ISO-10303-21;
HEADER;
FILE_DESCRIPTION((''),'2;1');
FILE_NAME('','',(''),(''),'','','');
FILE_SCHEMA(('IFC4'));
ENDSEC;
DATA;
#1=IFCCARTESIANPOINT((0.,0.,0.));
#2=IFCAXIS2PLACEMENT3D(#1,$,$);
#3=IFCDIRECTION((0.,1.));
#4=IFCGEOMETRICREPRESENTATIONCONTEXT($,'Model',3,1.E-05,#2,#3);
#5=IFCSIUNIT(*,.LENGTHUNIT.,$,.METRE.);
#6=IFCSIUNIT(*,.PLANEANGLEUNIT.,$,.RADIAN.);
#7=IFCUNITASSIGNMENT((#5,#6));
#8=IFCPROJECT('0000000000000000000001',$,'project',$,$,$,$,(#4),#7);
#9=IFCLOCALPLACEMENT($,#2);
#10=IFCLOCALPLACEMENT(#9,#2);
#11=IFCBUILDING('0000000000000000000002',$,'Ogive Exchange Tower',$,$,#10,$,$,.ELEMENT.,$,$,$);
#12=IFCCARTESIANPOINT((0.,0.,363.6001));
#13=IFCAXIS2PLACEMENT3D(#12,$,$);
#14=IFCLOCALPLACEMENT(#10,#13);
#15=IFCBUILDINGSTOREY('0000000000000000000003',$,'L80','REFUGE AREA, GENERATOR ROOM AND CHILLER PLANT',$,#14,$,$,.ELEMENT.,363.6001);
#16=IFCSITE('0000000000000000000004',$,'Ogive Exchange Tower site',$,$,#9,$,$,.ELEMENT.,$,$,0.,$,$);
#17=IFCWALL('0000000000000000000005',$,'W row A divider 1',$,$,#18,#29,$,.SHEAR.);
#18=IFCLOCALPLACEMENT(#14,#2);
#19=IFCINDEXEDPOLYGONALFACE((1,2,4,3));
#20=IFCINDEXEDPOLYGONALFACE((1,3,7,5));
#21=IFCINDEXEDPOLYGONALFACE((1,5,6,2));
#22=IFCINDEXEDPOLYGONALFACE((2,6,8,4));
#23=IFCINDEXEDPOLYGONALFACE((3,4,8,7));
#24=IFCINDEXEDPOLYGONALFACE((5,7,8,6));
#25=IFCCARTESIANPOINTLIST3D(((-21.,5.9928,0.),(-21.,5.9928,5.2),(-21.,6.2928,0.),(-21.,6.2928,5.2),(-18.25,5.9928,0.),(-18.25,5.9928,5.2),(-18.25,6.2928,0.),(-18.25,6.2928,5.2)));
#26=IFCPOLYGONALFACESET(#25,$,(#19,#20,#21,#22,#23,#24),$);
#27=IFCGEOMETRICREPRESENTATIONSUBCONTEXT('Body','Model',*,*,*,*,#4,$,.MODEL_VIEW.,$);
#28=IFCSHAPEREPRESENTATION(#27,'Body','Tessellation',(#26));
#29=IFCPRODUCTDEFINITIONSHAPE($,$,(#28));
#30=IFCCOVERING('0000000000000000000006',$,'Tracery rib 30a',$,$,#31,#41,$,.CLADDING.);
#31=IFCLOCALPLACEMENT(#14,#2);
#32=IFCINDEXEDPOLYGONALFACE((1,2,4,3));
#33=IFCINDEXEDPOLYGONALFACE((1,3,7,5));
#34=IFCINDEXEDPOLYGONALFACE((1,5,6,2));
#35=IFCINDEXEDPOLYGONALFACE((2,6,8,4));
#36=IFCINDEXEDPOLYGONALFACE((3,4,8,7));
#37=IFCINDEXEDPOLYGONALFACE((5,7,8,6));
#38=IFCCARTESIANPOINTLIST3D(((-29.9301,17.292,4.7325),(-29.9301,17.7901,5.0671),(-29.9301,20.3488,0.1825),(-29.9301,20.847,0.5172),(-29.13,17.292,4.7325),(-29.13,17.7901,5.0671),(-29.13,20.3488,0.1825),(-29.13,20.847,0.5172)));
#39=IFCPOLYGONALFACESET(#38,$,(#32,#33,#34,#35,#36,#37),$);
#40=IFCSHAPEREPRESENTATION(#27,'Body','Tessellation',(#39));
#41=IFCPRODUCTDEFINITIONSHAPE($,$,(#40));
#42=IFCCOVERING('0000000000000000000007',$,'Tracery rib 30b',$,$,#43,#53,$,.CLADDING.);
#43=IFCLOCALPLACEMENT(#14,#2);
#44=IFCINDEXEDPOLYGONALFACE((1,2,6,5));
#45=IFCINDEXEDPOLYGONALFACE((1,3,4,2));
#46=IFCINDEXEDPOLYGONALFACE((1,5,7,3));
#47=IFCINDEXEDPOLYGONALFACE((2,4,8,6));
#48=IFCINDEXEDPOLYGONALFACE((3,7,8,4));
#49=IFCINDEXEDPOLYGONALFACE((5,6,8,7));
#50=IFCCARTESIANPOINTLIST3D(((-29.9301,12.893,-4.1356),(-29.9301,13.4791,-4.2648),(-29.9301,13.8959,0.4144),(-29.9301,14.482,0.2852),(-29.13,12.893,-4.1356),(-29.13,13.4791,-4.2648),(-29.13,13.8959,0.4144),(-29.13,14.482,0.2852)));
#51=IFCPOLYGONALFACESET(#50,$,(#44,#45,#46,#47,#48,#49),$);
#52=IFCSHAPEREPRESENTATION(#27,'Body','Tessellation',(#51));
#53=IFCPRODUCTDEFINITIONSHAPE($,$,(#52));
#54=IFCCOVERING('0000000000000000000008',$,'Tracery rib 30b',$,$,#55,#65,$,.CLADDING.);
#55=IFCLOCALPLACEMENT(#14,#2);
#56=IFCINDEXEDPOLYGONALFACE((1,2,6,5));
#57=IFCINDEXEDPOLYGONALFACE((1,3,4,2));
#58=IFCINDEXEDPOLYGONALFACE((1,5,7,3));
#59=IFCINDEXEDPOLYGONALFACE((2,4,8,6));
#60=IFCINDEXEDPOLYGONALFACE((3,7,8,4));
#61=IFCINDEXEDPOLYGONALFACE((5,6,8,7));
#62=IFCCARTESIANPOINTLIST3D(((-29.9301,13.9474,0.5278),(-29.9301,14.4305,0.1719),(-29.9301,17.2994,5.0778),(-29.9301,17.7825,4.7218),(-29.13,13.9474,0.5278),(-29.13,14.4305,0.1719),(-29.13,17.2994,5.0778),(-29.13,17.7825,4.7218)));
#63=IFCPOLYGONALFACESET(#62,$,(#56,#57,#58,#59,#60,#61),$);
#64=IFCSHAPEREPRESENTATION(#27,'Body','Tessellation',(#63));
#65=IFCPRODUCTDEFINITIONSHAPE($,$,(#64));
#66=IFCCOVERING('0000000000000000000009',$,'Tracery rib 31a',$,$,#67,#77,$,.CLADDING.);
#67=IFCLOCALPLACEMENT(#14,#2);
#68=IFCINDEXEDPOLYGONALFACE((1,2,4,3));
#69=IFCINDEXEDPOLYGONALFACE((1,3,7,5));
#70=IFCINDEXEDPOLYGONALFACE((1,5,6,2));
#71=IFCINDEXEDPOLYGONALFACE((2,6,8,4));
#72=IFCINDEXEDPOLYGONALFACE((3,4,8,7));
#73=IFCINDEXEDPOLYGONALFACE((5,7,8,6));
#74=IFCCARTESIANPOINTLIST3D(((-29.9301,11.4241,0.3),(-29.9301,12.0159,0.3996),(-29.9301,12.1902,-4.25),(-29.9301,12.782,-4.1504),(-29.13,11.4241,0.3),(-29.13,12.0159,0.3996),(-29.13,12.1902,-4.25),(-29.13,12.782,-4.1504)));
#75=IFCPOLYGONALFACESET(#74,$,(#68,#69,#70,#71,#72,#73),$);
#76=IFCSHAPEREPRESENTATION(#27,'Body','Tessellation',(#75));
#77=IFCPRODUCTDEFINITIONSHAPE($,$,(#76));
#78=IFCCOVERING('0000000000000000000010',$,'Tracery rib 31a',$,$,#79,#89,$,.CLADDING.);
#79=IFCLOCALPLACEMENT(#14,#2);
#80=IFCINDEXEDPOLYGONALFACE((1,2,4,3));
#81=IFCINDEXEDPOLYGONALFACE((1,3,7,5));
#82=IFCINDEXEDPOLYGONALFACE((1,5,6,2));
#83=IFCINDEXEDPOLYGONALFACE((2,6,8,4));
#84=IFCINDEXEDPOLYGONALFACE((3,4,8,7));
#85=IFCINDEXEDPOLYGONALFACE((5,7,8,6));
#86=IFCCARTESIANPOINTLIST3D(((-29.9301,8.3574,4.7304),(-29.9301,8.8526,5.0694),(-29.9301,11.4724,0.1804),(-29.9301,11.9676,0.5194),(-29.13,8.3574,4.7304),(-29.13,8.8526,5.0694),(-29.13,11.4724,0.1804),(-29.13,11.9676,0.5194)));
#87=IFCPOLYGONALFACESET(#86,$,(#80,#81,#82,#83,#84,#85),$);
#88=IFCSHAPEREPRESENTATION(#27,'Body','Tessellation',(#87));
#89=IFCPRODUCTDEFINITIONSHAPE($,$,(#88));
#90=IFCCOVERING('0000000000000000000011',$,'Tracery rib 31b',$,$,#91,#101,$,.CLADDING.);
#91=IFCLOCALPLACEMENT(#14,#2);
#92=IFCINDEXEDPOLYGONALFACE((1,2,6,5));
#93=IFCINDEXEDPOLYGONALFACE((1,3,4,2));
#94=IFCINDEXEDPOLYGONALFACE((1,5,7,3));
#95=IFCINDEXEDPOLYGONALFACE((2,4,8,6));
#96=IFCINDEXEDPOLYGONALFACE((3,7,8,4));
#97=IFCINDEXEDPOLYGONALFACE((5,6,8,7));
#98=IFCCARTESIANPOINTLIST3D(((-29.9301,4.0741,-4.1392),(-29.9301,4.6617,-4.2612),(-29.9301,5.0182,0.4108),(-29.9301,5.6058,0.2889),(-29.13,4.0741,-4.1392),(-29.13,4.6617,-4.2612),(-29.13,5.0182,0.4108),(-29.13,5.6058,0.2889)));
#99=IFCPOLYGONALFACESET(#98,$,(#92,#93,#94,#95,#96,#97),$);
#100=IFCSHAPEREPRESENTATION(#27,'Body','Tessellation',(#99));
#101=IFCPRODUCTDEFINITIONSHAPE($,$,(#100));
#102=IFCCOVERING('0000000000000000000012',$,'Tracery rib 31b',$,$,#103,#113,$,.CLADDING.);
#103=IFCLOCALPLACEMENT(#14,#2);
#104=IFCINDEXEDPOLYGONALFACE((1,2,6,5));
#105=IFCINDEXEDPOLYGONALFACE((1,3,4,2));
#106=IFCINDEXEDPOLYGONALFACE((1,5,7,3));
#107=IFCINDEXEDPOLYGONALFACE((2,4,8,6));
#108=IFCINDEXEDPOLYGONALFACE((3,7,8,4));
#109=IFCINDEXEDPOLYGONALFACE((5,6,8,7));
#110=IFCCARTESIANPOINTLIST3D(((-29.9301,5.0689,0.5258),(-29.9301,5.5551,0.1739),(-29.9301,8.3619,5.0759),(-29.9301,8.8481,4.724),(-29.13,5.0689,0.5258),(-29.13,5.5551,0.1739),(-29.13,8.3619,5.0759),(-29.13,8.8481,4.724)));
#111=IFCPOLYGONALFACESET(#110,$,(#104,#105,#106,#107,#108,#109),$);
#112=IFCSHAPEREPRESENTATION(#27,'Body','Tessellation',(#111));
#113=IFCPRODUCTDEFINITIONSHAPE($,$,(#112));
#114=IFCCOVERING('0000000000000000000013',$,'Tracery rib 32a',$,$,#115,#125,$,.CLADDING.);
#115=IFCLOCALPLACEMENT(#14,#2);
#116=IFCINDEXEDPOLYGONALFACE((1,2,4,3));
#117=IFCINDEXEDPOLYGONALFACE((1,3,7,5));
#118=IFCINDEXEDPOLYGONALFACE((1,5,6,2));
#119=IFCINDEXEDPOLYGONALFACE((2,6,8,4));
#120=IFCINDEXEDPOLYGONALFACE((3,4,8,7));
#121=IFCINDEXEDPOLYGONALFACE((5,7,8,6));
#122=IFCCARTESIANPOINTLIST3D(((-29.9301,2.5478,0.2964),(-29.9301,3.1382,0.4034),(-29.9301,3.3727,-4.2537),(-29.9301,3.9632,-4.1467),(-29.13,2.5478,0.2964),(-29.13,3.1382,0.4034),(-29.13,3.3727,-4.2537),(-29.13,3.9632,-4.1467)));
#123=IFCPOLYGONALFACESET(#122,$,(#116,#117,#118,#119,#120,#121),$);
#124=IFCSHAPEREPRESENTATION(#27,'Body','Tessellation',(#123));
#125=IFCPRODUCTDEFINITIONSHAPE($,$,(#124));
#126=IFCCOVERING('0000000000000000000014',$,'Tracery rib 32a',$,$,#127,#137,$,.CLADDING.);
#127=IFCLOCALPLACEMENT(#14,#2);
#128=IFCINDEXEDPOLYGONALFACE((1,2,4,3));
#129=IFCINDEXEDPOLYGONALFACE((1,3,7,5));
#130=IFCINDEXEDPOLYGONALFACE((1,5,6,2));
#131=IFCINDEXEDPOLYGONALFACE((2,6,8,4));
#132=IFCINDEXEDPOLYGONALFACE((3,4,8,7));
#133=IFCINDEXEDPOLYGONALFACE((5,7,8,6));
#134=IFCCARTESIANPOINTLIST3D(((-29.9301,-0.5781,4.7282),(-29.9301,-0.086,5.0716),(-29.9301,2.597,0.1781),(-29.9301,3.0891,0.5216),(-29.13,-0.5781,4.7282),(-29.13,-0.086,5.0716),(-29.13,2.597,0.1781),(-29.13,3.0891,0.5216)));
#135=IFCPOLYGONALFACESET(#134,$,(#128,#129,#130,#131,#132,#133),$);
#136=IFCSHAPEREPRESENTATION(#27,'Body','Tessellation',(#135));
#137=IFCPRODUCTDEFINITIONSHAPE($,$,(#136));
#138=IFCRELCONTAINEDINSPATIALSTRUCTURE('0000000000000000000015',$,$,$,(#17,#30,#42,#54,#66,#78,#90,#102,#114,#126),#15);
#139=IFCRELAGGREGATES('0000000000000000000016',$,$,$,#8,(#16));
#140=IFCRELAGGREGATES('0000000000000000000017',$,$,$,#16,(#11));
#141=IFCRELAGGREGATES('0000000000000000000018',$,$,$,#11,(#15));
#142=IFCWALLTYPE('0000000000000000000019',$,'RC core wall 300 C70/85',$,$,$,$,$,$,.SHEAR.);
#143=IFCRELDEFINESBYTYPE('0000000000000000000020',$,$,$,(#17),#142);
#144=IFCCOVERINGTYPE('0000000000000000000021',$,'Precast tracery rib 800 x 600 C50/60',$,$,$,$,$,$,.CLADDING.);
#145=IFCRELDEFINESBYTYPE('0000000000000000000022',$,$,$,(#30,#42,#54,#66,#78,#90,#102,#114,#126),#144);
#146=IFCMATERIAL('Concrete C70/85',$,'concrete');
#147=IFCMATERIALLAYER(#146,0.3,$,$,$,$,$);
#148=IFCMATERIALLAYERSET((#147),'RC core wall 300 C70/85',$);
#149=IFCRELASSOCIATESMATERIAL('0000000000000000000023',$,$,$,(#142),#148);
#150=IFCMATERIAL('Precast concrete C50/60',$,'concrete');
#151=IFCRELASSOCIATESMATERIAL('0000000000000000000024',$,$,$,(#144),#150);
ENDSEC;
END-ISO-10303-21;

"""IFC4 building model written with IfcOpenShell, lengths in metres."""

from ifc_helpers import new_model, si_unit, direction, frame, frame_2d, origin, origin_2d, place, context, subcontext, project, spatial, rectangle, extrude, material, layer, layer_set, material_profile, profile_set, type_object, element, save


model = new_model("IFC4")

# Units and contexts
model_context = context("Model", 3, precision=1e-05, world=origin(), true_north=direction((0.0, 1.0)))
body_context = subcontext(model_context, "Body", "Model", "MODEL_VIEW")
ifc_project = project(units=[si_unit("LENGTHUNIT", "METRE"), si_unit("PLANEANGLEUNIT", "RADIAN")], contexts=[model_context])

# Site, building, storey
site_placement = place(None, origin())
site = spatial("IfcSite", under=ifc_project, at=site_placement, Name="Ogive Exchange Tower site", CompositionType="ELEMENT", RefElevation=0.0)
building_placement = place(site_placement, origin())
building = spatial("IfcBuilding", under=site, at=building_placement, Name="Ogive Exchange Tower", CompositionType="ELEMENT")
storey_placement = place(building_placement, frame((0.0, 0.0, 363.6001)))
storey = spatial("IfcBuildingStorey", under=building, at=storey_placement, Name="L80", Description="REFUGE AREA, GENERATOR ROOM AND CHILLER PLANT", CompositionType="ELEMENT", Elevation=363.6001)

# Wall
ifc_material_1 = material(Name="Concrete C70/85", Category="concrete")
ifc_layer_1 = layer(ifc_material_1, 0.3)
ifc_layer_set_1 = layer_set([ifc_layer_1], Name="RC core wall 300 C70/85")
wall_type_1 = type_object("IfcWallType", Name="RC core wall 300 C70/85", PredefinedType="SHEAR", material=ifc_layer_set_1)
wall_1_placement = place(storey_placement, frame((-21.0, 6.1428, 0.0), z_axis=(0.0, 0.0, 1.0), x_axis=(1.0, 0.0, 0.0)))
element("IfcWall", 1, at=wall_1_placement, inside=storey, type_object=wall_type_1, Name="W row A divider 1", PredefinedType="SHEAR", context=body_context, shape_type="SweptSolid", body=[
    extrude(rectangle(XDim=2.75, YDim=0.3, at=frame_2d((1.375, 0.0))), origin(), (0.0, 0.0, 1.0), 5.2),
])

# Coverings
ifc_material_2 = material(Name="Precast concrete C50/60", Category="concrete")
ifc_material_profile_1 = material_profile(ifc_material_2, rectangle(XDim=0.8, YDim=0.6001, at=origin_2d()), Name="RIB 800 x 600")
ifc_profile_set_1 = profile_set([ifc_material_profile_1], Name="Precast concrete C50/60")
covering_type = type_object("IfcCoveringType", Name="Precast tracery rib 800 x 600 C50/60", PredefinedType="CLADDING", material=ifc_profile_set_1)
covering_1_placement = place(storey_placement, frame((-29.53, 20.5979, 0.3499), z_axis=(0.0, -0.557667, 0.830065), x_axis=(1.0, 0.0, 0.0)))
element("IfcCovering", 2, at=covering_1_placement, inside=storey, type_object=covering_type, Name="Tracery rib 30a", PredefinedType="CLADDING", context=body_context, shape_type="SweptSolid", body=[
    extrude(rectangle(XDim=0.8, YDim=0.6001, at=origin_2d()), origin(), (0.0, 0.0, 1.0), 5.4814),
])
covering_2_placement = place(storey_placement, frame((-29.53, 13.186, -4.2002), z_axis=(0.0, 0.215255, 0.976558), x_axis=(-1.0, 0.0, 0.0)))
element("IfcCovering", 3, at=covering_2_placement, inside=storey, type_object=covering_type, Name="Tracery rib 30b", PredefinedType="CLADDING", context=body_context, shape_type="SweptSolid", body=[
    extrude(rectangle(XDim=0.8, YDim=0.6001, at=origin_2d()), origin(), (0.0, 0.0, 1.0), 4.6592),
])
covering_3_placement = place(storey_placement, frame((-29.53, 14.189, 0.3499), z_axis=(0.0, 0.593128, 0.805108), x_axis=(-1.0, 0.0, 0.0)))
element("IfcCovering", 4, at=covering_3_placement, inside=storey, type_object=covering_type, Name="Tracery rib 30b", PredefinedType="CLADDING", context=body_context, shape_type="SweptSolid", body=[
    extrude(rectangle(XDim=0.8, YDim=0.6001, at=origin_2d()), origin(), (0.0, 0.0, 1.0), 5.6514),
])
covering_4_placement = place(storey_placement, frame((-29.53, 12.4861, -4.2002), z_axis=(0.0, -0.166038, 0.986119), x_axis=(1.0, 0.0, 0.0)))
element("IfcCovering", 5, at=covering_4_placement, inside=storey, type_object=covering_type, Name="Tracery rib 31a", PredefinedType="CLADDING", context=body_context, shape_type="SweptSolid", body=[
    extrude(rectangle(XDim=0.8, YDim=0.6001, at=origin_2d()), origin(), (0.0, 0.0, 1.0), 4.614),
])
covering_5_placement = place(storey_placement, frame((-29.53, 11.72, 0.3499), z_axis=(0.0, -0.564906, 0.825155), x_axis=(1.0, 0.0, 0.0)))
element("IfcCovering", 6, at=covering_5_placement, inside=storey, type_object=covering_type, Name="Tracery rib 31a", PredefinedType="CLADDING", context=body_context, shape_type="SweptSolid", body=[
    extrude(rectangle(XDim=0.8, YDim=0.6001, at=origin_2d()), origin(), (0.0, 0.0, 1.0), 5.5142),
])
covering_6_placement = place(storey_placement, frame((-29.53, 4.3679, -4.2002), z_axis=(0.0, 0.203163, 0.979145), x_axis=(-1.0, 0.0, 0.0)))
element("IfcCovering", 7, at=covering_6_placement, inside=storey, type_object=covering_type, Name="Tracery rib 31b", PredefinedType="CLADDING", context=body_context, shape_type="SweptSolid", body=[
    extrude(rectangle(XDim=0.8, YDim=0.6001, at=origin_2d()), origin(), (0.0, 0.0, 1.0), 4.647),
])
covering_7_placement = place(storey_placement, frame((-29.53, 5.312, 0.3499), z_axis=(0.0, 0.586289, 0.810102), x_axis=(-1.0, 0.0, 0.0)))
element("IfcCovering", 8, at=covering_7_placement, inside=storey, type_object=covering_type, Name="Tracery rib 31b", PredefinedType="CLADDING", context=body_context, shape_type="SweptSolid", body=[
    extrude(rectangle(XDim=0.8, YDim=0.6001, at=origin_2d()), origin(), (0.0, 0.0, 1.0), 5.6167),
])
covering_8_placement = place(storey_placement, frame((-29.53, 3.668, -4.2002), z_axis=(0.0, -0.178398, 0.983958), x_axis=(1.0, 0.0, 0.0)))
element("IfcCovering", 9, at=covering_8_placement, inside=storey, type_object=covering_type, Name="Tracery rib 32a", PredefinedType="CLADDING", context=body_context, shape_type="SweptSolid", body=[
    extrude(rectangle(XDim=0.8, YDim=0.6001, at=origin_2d()), origin(), (0.0, 0.0, 1.0), 4.6243),
])
covering_9_placement = place(storey_placement, frame((-29.53, 2.843, 0.3499), z_axis=(0.0, -0.572254, 0.820077), x_axis=(1.0, 0.0, 0.0)))
element("IfcCovering", 10, at=covering_9_placement, inside=storey, type_object=covering_type, Name="Tracery rib 32a", PredefinedType="CLADDING", context=body_context, shape_type="SweptSolid", body=[
    extrude(rectangle(XDim=0.8, YDim=0.6001, at=origin_2d()), origin(), (0.0, 0.0, 1.0), 5.5483),
])

save(model, "model.ifc")
